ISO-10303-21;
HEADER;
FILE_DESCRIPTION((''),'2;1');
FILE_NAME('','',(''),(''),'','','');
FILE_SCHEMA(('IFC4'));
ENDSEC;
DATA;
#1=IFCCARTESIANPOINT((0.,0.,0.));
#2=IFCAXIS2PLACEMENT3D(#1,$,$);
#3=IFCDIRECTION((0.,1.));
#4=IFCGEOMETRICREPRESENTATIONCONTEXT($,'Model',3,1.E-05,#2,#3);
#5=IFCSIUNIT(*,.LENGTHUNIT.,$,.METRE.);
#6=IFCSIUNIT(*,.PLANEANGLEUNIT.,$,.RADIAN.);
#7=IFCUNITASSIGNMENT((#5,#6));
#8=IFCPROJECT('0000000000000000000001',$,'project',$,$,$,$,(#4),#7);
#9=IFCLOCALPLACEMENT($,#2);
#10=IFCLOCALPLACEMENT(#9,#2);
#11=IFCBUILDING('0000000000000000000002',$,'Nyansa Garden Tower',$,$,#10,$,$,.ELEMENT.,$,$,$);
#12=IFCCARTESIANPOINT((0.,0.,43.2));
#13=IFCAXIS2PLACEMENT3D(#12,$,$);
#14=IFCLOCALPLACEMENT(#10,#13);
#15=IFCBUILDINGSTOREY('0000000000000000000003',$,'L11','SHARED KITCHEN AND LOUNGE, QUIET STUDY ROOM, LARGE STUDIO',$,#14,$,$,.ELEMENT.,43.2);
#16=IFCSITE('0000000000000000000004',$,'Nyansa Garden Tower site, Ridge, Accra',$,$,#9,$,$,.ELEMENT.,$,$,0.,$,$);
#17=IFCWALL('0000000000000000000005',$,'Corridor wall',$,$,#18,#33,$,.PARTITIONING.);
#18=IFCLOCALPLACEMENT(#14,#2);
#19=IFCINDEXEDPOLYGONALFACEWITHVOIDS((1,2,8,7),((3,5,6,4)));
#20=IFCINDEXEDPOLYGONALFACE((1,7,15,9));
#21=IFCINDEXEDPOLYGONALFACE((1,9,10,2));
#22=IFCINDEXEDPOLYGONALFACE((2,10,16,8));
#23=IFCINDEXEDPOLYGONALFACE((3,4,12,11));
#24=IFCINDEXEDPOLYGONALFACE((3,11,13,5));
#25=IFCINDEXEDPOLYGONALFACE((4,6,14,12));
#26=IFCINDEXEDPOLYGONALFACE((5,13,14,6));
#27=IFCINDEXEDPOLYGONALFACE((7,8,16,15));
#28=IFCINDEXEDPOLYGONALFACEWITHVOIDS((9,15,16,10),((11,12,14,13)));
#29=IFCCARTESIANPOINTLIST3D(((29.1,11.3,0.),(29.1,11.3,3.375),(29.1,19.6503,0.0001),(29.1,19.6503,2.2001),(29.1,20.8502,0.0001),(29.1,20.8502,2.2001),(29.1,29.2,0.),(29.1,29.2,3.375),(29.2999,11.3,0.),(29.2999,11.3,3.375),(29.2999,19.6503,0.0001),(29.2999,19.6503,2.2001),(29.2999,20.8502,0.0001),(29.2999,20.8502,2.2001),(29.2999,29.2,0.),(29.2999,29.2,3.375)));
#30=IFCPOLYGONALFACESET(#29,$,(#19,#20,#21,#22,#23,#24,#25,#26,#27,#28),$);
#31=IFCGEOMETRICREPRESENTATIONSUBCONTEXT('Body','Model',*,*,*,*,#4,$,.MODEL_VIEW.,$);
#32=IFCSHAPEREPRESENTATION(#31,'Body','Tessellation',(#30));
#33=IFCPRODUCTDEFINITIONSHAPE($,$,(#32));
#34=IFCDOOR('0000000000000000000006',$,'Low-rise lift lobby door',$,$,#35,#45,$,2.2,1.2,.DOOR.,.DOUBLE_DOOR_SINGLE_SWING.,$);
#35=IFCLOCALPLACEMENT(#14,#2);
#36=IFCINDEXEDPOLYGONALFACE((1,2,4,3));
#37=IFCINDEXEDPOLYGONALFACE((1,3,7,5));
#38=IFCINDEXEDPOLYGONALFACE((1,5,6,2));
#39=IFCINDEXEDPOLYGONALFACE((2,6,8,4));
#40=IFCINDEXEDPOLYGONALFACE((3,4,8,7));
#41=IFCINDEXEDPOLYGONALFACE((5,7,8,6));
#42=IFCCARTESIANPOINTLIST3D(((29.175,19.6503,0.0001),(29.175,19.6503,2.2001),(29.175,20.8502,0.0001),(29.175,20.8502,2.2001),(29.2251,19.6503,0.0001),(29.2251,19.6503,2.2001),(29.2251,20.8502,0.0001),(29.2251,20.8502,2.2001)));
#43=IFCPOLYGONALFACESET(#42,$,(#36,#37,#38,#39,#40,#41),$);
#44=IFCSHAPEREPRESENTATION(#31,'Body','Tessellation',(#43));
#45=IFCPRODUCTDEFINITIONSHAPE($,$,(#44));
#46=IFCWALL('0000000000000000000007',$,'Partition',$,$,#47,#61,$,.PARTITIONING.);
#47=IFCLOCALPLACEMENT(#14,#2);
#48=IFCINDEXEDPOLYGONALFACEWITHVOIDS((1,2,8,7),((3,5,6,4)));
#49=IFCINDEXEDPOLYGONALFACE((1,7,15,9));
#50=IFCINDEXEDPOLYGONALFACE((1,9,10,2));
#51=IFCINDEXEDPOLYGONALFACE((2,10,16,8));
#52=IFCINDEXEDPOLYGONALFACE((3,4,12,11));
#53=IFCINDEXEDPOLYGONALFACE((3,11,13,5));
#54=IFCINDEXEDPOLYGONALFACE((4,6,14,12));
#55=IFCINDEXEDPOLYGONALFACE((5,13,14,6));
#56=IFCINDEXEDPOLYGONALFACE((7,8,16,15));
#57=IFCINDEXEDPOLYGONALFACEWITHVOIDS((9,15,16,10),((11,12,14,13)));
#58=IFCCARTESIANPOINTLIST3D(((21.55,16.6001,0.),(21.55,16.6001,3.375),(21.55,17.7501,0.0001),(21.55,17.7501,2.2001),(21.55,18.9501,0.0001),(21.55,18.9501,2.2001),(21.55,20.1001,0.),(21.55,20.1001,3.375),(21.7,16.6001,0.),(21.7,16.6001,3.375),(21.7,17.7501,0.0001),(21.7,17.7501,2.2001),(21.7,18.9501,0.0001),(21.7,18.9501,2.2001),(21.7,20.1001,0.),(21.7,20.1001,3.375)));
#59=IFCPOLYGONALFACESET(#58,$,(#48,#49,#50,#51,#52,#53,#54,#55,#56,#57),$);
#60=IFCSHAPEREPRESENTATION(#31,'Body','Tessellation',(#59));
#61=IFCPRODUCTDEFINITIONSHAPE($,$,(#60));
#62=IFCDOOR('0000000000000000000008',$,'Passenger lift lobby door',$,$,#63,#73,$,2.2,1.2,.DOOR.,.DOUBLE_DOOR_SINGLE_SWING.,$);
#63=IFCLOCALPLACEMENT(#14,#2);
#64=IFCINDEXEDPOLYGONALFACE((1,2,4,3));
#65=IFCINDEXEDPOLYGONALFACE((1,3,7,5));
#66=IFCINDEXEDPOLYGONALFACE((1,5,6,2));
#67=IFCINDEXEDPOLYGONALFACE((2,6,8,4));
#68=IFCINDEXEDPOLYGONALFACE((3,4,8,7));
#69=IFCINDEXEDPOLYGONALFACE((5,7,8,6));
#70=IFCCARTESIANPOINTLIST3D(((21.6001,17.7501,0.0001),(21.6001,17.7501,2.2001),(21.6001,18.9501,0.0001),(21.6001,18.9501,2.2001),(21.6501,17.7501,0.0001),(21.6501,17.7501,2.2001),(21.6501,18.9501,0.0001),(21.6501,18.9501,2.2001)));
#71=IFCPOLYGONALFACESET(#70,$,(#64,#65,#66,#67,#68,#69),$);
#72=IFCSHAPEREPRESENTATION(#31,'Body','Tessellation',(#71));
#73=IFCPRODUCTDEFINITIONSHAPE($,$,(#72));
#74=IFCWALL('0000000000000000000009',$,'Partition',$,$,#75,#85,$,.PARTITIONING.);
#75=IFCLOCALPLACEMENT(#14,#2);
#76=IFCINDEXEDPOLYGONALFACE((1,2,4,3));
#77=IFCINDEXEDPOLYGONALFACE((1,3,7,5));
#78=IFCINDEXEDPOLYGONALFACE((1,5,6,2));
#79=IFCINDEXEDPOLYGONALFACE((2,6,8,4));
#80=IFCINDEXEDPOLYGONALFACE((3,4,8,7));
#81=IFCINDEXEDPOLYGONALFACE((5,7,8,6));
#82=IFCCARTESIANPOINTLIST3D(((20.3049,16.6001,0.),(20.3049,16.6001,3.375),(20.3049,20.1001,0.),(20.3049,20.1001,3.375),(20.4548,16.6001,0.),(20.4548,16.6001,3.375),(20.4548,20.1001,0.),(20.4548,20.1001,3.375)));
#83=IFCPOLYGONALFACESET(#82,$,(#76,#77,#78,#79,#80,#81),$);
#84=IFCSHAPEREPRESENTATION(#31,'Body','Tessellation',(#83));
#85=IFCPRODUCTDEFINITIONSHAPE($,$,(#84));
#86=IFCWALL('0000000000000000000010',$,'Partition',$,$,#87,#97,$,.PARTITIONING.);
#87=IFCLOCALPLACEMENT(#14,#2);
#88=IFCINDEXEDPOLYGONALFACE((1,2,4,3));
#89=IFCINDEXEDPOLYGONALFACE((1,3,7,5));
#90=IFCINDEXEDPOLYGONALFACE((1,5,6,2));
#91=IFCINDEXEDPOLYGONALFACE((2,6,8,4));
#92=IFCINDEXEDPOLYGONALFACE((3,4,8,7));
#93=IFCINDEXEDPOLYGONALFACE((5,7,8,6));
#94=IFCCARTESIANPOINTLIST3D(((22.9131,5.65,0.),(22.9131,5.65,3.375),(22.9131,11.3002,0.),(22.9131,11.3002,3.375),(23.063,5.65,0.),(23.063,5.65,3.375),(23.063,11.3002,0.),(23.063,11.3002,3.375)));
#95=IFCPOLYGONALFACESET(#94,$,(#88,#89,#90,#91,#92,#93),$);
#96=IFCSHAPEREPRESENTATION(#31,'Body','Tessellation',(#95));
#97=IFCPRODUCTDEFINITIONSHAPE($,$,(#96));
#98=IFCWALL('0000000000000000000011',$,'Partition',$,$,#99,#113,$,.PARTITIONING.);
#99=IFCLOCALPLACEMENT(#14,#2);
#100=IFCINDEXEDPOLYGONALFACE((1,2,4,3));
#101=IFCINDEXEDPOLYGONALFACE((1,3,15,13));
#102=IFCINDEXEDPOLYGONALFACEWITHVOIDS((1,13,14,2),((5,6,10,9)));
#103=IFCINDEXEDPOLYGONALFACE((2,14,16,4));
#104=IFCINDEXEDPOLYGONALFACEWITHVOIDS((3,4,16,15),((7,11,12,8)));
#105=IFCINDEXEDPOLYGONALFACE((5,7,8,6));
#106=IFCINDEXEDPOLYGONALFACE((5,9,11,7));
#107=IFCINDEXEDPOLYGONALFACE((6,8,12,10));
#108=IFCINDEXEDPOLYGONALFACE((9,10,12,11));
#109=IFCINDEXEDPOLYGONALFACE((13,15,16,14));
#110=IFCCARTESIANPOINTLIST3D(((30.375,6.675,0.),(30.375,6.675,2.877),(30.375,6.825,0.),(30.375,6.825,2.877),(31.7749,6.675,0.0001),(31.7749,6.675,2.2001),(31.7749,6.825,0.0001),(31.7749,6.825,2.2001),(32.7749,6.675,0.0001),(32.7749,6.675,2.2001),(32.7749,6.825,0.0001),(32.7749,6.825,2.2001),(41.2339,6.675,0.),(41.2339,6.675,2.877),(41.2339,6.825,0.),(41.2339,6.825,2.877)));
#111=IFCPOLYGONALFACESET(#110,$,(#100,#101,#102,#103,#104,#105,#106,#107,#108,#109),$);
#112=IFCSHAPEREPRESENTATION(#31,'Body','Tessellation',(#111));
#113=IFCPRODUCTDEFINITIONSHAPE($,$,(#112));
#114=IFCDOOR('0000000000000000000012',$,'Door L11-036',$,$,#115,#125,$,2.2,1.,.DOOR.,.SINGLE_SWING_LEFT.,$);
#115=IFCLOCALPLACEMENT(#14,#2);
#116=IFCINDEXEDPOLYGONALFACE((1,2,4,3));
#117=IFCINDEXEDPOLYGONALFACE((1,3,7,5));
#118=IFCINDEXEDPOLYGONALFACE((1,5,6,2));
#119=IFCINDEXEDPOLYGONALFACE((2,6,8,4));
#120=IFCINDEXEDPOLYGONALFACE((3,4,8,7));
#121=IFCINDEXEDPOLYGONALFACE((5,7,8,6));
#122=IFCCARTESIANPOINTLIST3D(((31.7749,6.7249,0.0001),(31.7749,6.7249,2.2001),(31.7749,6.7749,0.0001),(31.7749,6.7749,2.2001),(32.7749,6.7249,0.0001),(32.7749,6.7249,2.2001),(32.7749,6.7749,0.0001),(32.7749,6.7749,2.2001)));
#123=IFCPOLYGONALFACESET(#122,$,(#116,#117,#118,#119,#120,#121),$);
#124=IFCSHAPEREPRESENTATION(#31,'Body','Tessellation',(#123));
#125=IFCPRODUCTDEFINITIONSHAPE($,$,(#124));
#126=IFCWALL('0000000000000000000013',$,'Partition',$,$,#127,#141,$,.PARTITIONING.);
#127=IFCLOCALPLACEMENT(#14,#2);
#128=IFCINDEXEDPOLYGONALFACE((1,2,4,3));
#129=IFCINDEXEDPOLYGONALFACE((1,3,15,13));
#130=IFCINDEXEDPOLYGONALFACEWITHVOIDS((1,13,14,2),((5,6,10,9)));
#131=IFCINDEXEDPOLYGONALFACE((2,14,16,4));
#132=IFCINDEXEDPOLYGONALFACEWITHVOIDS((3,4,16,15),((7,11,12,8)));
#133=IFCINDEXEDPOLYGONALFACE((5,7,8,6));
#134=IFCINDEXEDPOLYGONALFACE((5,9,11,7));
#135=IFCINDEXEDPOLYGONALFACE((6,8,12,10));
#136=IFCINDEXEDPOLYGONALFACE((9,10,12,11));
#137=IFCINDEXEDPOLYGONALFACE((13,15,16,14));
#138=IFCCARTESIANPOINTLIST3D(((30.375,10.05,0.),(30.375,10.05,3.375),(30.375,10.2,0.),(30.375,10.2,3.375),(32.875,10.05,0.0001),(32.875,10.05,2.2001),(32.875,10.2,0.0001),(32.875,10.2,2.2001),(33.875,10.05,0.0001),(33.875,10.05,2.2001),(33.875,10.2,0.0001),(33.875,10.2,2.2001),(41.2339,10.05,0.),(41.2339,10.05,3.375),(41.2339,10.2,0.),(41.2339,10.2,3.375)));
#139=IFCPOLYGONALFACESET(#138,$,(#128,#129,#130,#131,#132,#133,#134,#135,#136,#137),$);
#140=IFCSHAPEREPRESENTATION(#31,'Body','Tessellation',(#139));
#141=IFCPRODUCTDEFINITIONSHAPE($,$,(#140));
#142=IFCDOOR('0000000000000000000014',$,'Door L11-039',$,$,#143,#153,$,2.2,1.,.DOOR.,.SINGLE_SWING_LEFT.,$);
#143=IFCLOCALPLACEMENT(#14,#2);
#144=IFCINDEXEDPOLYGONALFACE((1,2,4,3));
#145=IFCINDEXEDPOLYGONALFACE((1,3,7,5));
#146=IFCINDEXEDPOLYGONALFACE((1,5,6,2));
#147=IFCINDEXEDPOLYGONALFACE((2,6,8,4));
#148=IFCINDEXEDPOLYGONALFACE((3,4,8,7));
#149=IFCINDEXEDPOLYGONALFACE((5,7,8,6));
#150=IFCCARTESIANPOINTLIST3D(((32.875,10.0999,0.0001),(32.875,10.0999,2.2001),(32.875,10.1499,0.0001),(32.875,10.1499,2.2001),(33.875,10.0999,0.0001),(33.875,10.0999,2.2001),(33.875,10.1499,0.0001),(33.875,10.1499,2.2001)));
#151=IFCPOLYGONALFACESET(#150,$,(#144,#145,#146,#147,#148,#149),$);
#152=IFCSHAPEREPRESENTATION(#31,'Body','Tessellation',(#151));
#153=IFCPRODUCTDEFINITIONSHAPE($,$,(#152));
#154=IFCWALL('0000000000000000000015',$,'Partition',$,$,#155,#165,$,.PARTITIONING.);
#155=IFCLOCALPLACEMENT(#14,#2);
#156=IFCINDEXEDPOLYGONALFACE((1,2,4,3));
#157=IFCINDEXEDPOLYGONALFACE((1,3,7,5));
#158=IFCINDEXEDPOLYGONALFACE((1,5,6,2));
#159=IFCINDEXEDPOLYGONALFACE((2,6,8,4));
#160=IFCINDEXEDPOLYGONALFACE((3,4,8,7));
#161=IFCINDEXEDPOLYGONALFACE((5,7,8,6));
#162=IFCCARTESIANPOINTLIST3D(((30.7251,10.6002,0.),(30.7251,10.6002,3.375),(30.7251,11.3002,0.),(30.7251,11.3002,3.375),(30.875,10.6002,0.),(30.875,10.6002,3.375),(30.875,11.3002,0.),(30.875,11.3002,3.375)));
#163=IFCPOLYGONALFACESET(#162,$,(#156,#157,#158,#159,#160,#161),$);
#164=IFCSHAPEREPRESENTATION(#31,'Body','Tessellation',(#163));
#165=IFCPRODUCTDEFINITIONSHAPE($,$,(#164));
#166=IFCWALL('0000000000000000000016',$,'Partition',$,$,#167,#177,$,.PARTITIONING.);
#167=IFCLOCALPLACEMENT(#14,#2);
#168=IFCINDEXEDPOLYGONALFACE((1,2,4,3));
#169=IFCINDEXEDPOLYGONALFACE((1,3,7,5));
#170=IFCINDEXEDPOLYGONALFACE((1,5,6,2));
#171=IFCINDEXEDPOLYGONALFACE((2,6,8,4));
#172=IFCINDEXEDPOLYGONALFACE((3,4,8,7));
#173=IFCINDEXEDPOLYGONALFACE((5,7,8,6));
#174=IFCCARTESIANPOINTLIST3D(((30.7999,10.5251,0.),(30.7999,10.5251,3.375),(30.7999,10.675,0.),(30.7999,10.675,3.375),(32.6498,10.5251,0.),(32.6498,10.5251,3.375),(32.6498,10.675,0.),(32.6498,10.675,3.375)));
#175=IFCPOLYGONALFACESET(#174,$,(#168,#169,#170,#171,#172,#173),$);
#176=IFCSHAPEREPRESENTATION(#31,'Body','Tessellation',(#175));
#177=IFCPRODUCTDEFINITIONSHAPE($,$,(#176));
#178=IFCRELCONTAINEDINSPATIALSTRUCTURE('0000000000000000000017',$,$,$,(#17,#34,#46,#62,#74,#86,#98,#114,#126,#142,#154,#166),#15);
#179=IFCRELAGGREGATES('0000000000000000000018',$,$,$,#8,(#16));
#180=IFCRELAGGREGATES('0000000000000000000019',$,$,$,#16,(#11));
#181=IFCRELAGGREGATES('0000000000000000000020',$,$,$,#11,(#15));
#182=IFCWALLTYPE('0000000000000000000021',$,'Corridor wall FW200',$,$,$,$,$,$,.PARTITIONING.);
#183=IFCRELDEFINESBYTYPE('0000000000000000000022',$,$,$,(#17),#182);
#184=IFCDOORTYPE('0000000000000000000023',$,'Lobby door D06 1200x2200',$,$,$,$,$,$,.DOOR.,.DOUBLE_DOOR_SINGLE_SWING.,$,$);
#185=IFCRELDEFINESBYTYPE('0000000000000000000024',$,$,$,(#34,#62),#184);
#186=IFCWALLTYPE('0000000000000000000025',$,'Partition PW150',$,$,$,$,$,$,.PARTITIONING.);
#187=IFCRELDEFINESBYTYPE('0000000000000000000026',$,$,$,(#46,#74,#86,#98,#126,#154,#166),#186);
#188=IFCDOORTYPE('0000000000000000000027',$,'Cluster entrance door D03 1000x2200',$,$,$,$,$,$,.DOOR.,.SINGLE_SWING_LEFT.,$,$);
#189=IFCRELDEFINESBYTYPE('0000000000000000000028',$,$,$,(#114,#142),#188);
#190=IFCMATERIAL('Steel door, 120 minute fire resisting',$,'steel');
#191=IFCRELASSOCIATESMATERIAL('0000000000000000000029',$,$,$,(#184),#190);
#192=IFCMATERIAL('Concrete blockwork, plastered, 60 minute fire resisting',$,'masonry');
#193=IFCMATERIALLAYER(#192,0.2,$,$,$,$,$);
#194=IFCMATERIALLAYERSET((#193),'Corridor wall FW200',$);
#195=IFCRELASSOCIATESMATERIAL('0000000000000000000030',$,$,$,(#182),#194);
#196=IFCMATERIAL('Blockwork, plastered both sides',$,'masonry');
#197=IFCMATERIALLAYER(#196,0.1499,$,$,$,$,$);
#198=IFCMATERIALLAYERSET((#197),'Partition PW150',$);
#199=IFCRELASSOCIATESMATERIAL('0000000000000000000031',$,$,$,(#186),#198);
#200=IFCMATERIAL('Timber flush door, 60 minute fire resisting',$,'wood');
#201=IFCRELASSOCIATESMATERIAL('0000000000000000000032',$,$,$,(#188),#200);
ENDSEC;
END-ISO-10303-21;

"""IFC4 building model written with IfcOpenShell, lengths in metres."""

from ifc_helpers import new_model, si_unit, direction, frame, frame_2d, origin, place, context, subcontext, project, spatial, rectangle, extrude, material, layer, layer_set, type_object, element, fill, save


model = new_model("IFC4")

# Units and contexts
model_context = context("Model", 3, precision=1e-05, world=origin(), true_north=direction((0.0, 1.0)))
body_context = subcontext(model_context, "Body", "Model", "MODEL_VIEW")
ifc_project = project(units=[si_unit("LENGTHUNIT", "METRE"), si_unit("PLANEANGLEUNIT", "RADIAN")], contexts=[model_context])

# Site, building, storey
site_placement = place(None, origin())
site = spatial("IfcSite", under=ifc_project, at=site_placement, Name="Nyansa Garden Tower site, Ridge, Accra", CompositionType="ELEMENT", RefElevation=0.0)
building_placement = place(site_placement, origin())
building = spatial("IfcBuilding", under=site, at=building_placement, Name="Nyansa Garden Tower", CompositionType="ELEMENT")
storey_placement = place(building_placement, frame((0.0, 0.0, 43.2)))
storey = spatial("IfcBuildingStorey", under=building, at=storey_placement, Name="L11", Description="SHARED KITCHEN AND LOUNGE, QUIET STUDY ROOM, LARGE STUDIO", CompositionType="ELEMENT", Elevation=43.2)

# Walls, openings, doors
ifc_material_1 = material(Name="Steel door, 120 minute fire resisting", Category="steel")
door_type_1 = type_object("IfcDoorType", Name="Lobby door D06 1200x2200", OperationType="DOUBLE_DOOR_SINGLE_SWING", PredefinedType="DOOR", material=ifc_material_1)
ifc_material_2 = material(Name="Concrete blockwork, plastered, 60 minute fire resisting", Category="masonry")
ifc_layer_1 = layer(ifc_material_2, 0.2)
ifc_layer_set_1 = layer_set([ifc_layer_1], Name="Corridor wall FW200")
wall_type_1 = type_object("IfcWallType", Name="Corridor wall FW200", PredefinedType="PARTITIONING", material=ifc_layer_set_1)
wall_1_placement = place(storey_placement, frame((29.2, 11.3, 0.0), z_axis=(0.0, 0.0, 1.0), x_axis=(0.0, 1.0, 0.0)))
wall_1 = element("IfcWall", 1, at=wall_1_placement, inside=storey, type_object=wall_type_1, Name="Corridor wall", PredefinedType="PARTITIONING", context=body_context, shape_type="SweptSolid", body=[
    extrude(rectangle(XDim=17.8999, YDim=0.2, at=frame_2d((8.95, 0.0))), origin(), (0.0, 0.0, 1.0), 3.375),
])
opening_1_placement = place(wall_1_placement, frame((8.3501, 0.0, 0.0)))
opening_1 = element("IfcOpeningElement", 2, at=opening_1_placement, cuts=wall_1, PredefinedType="OPENING", context=body_context, shape_type="SweptSolid", body=[
    extrude(rectangle(XDim=1.2, YDim=2.2, at=frame_2d((0.6001, 1.1001))), frame((0.0, 0.1099, 0.0), z_axis=(0.0, -1.0, 0.0), x_axis=(1.0, 0.0, 0.0)), (0.0, 0.0, 1.0), 0.22),
])
door_1_placement = place(opening_1_placement, origin())
door_1 = element("IfcDoor", 3, at=door_1_placement, inside=storey, type_object=door_type_1, Name="Low-rise lift lobby door", OperationType="DOUBLE_DOOR_SINGLE_SWING", OverallHeight=2.2, OverallWidth=1.2, PredefinedType="DOOR", context=body_context, shape_type="SweptSolid", body=[
    extrude(rectangle(XDim=1.2, YDim=2.2, at=frame_2d((0.6001, 1.1001))), frame((0.0, 0.0249, 0.0), z_axis=(0.0, -1.0, 0.0), x_axis=(1.0, 0.0, 0.0)), (0.0, 0.0, 1.0), 0.05),
])
fill(opening_1, door_1)
ifc_material_3 = material(Name="Blockwork, plastered both sides", Category="masonry")
ifc_layer_2 = layer(ifc_material_3, 0.1499)
ifc_layer_set_2 = layer_set([ifc_layer_2], Name="Partition PW150")
wall_type_2 = type_object("IfcWallType", Name="Partition PW150", PredefinedType="PARTITIONING", material=ifc_layer_set_2)
wall_2_placement = place(storey_placement, frame((21.625, 16.6001, 0.0), z_axis=(0.0, 0.0, 1.0), x_axis=(0.0, 1.0, 0.0)))
wall_2 = element("IfcWall", 4, at=wall_2_placement, inside=storey, type_object=wall_type_2, Name="Partition", PredefinedType="PARTITIONING", context=body_context, shape_type="SweptSolid", body=[
    extrude(rectangle(XDim=3.5, YDim=0.1499, at=frame_2d((1.75, 0.0))), origin(), (0.0, 0.0, 1.0), 3.375),
])
opening_2_placement = place(wall_2_placement, frame((1.1499, 0.0, 0.0)))
opening_2 = element("IfcOpeningElement", 5, at=opening_2_placement, cuts=wall_2, PredefinedType="OPENING", context=body_context, shape_type="SweptSolid", body=[
    extrude(rectangle(XDim=1.2, YDim=2.2, at=frame_2d((0.6001, 1.1001))), frame((0.0, 0.085, 0.0), z_axis=(0.0, -1.0, 0.0), x_axis=(1.0, 0.0, 0.0)), (0.0, 0.0, 1.0), 0.1699),
])
door_2_placement = place(opening_2_placement, origin())
door_2 = element("IfcDoor", 6, at=door_2_placement, inside=storey, type_object=door_type_1, Name="Passenger lift lobby door", OperationType="DOUBLE_DOOR_SINGLE_SWING", OverallHeight=2.2, OverallWidth=1.2, PredefinedType="DOOR", context=body_context, shape_type="SweptSolid", body=[
    extrude(rectangle(XDim=1.2, YDim=2.2, at=frame_2d((0.6001, 1.1001))), frame((0.0, 0.0249, 0.0), z_axis=(0.0, -1.0, 0.0), x_axis=(1.0, 0.0, 0.0)), (0.0, 0.0, 1.0), 0.05),
])
fill(opening_2, door_2)

# Walls
wall_3_placement = place(storey_placement, frame((20.3799, 16.6001, 0.0), z_axis=(0.0, 0.0, 1.0), x_axis=(0.0, 1.0, 0.0)))
element("IfcWall", 7, at=wall_3_placement, inside=storey, type_object=wall_type_2, Name="Partition", PredefinedType="PARTITIONING", context=body_context, shape_type="SweptSolid", body=[
    extrude(rectangle(XDim=3.5, YDim=0.1499, at=frame_2d((1.75, 0.0))), origin(), (0.0, 0.0, 1.0), 3.375),
])
wall_4_placement = place(storey_placement, frame((22.988, 5.6499, 0.0), z_axis=(0.0, 0.0, 1.0), x_axis=(0.0, 1.0, 0.0)))
element("IfcWall", 8, at=wall_4_placement, inside=storey, type_object=wall_type_2, Name="Partition", PredefinedType="PARTITIONING", context=body_context, shape_type="SweptSolid", body=[
    extrude(rectangle(XDim=5.6501, YDim=0.1499, at=frame_2d((2.8252, 0.0))), origin(), (0.0, 0.0, 1.0), 3.375),
])

# Walls, openings, doors
wall_5_placement = place(storey_placement, frame((30.375, 6.75, 0.0), z_axis=(0.0, 0.0, 1.0), x_axis=(1.0, 0.0, 0.0)))
wall_5 = element("IfcWall", 9, at=wall_5_placement, inside=storey, type_object=wall_type_2, Name="Partition", PredefinedType="PARTITIONING", context=body_context, shape_type="SweptSolid", body=[
    extrude(rectangle(XDim=10.8589, YDim=0.1499, at=frame_2d((5.4294, 0.0))), origin(), (0.0, 0.0, 1.0), 2.877),
])
opening_3_placement = place(wall_5_placement, frame((1.3999, 0.0, 0.0)))
opening_3 = element("IfcOpeningElement", 10, at=opening_3_placement, cuts=wall_5, PredefinedType="OPENING", context=body_context, shape_type="SweptSolid", body=[
    extrude(rectangle(XDim=1.0, YDim=2.2, at=frame_2d((0.5, 1.1001))), frame((0.0, 0.085, 0.0), z_axis=(0.0, -1.0, 0.0), x_axis=(1.0, 0.0, 0.0)), (0.0, 0.0, 1.0), 0.1699),
])
ifc_material_4 = material(Name="Timber flush door, 60 minute fire resisting", Category="wood")
door_type_2 = type_object("IfcDoorType", Name="Cluster entrance door D03 1000x2200", OperationType="SINGLE_SWING_LEFT", PredefinedType="DOOR", material=ifc_material_4)
door_3_placement = place(opening_3_placement, origin())
door_3 = element("IfcDoor", 11, at=door_3_placement, inside=storey, type_object=door_type_2, Name="Door L11-036", OperationType="SINGLE_SWING_LEFT", OverallHeight=2.2, OverallWidth=1.0, PredefinedType="DOOR", context=body_context, shape_type="SweptSolid", body=[
    extrude(rectangle(XDim=1.0, YDim=2.2, at=frame_2d((0.5, 1.1001))), frame((0.0, 0.0249, 0.0), z_axis=(0.0, -1.0, 0.0), x_axis=(1.0, 0.0, 0.0)), (0.0, 0.0, 1.0), 0.05),
])
fill(opening_3, door_3)
wall_6_placement = place(storey_placement, frame((30.375, 10.125, 0.0), z_axis=(0.0, 0.0, 1.0), x_axis=(1.0, 0.0, 0.0)))
wall_6 = element("IfcWall", 12, at=wall_6_placement, inside=storey, type_object=wall_type_2, Name="Partition", PredefinedType="PARTITIONING", context=body_context, shape_type="SweptSolid", body=[
    extrude(rectangle(XDim=10.8589, YDim=0.1499, at=frame_2d((5.4294, 0.0))), origin(), (0.0, 0.0, 1.0), 3.375),
])
opening_4_placement = place(wall_6_placement, frame((2.5, 0.0, 0.0)))
opening_4 = element("IfcOpeningElement", 13, at=opening_4_placement, cuts=wall_6, PredefinedType="OPENING", context=body_context, shape_type="SweptSolid", body=[
    extrude(rectangle(XDim=1.0, YDim=2.2, at=frame_2d((0.5, 1.1001))), frame((0.0, 0.085, 0.0), z_axis=(0.0, -1.0, 0.0), x_axis=(1.0, 0.0, 0.0)), (0.0, 0.0, 1.0), 0.1699),
])
door_4_placement = place(opening_4_placement, origin())
door_4 = element("IfcDoor", 14, at=door_4_placement, inside=storey, type_object=door_type_2, Name="Door L11-039", OperationType="SINGLE_SWING_LEFT", OverallHeight=2.2, OverallWidth=1.0, PredefinedType="DOOR", context=body_context, shape_type="SweptSolid", body=[
    extrude(rectangle(XDim=1.0, YDim=2.2, at=frame_2d((0.5, 1.1001))), frame((0.0, 0.0249, 0.0), z_axis=(0.0, -1.0, 0.0), x_axis=(1.0, 0.0, 0.0)), (0.0, 0.0, 1.0), 0.05),
])
fill(opening_4, door_4)

# Walls
wall_7_placement = place(storey_placement, frame((30.8, 10.6001, 0.0), z_axis=(0.0, 0.0, 1.0), x_axis=(0.0, 1.0, 0.0)))
element("IfcWall", 15, at=wall_7_placement, inside=storey, type_object=wall_type_2, Name="Partition", PredefinedType="PARTITIONING", context=body_context, shape_type="SweptSolid", body=[
    extrude(rectangle(XDim=0.7, YDim=0.1499, at=frame_2d((0.3501, 0.0))), origin(), (0.0, 0.0, 1.0), 3.375),
])
wall_8_placement = place(storey_placement, frame((30.8, 10.6001, 0.0), z_axis=(0.0, 0.0, 1.0), x_axis=(1.0, 0.0, 0.0)))
element("IfcWall", 16, at=wall_8_placement, inside=storey, type_object=wall_type_2, Name="Partition", PredefinedType="PARTITIONING", context=body_context, shape_type="SweptSolid", body=[
    extrude(rectangle(XDim=1.8499, YDim=0.1499, at=frame_2d((0.9248, 0.0))), origin(), (0.0, 0.0, 1.0), 3.375),
])

save(model, "model.ifc")
